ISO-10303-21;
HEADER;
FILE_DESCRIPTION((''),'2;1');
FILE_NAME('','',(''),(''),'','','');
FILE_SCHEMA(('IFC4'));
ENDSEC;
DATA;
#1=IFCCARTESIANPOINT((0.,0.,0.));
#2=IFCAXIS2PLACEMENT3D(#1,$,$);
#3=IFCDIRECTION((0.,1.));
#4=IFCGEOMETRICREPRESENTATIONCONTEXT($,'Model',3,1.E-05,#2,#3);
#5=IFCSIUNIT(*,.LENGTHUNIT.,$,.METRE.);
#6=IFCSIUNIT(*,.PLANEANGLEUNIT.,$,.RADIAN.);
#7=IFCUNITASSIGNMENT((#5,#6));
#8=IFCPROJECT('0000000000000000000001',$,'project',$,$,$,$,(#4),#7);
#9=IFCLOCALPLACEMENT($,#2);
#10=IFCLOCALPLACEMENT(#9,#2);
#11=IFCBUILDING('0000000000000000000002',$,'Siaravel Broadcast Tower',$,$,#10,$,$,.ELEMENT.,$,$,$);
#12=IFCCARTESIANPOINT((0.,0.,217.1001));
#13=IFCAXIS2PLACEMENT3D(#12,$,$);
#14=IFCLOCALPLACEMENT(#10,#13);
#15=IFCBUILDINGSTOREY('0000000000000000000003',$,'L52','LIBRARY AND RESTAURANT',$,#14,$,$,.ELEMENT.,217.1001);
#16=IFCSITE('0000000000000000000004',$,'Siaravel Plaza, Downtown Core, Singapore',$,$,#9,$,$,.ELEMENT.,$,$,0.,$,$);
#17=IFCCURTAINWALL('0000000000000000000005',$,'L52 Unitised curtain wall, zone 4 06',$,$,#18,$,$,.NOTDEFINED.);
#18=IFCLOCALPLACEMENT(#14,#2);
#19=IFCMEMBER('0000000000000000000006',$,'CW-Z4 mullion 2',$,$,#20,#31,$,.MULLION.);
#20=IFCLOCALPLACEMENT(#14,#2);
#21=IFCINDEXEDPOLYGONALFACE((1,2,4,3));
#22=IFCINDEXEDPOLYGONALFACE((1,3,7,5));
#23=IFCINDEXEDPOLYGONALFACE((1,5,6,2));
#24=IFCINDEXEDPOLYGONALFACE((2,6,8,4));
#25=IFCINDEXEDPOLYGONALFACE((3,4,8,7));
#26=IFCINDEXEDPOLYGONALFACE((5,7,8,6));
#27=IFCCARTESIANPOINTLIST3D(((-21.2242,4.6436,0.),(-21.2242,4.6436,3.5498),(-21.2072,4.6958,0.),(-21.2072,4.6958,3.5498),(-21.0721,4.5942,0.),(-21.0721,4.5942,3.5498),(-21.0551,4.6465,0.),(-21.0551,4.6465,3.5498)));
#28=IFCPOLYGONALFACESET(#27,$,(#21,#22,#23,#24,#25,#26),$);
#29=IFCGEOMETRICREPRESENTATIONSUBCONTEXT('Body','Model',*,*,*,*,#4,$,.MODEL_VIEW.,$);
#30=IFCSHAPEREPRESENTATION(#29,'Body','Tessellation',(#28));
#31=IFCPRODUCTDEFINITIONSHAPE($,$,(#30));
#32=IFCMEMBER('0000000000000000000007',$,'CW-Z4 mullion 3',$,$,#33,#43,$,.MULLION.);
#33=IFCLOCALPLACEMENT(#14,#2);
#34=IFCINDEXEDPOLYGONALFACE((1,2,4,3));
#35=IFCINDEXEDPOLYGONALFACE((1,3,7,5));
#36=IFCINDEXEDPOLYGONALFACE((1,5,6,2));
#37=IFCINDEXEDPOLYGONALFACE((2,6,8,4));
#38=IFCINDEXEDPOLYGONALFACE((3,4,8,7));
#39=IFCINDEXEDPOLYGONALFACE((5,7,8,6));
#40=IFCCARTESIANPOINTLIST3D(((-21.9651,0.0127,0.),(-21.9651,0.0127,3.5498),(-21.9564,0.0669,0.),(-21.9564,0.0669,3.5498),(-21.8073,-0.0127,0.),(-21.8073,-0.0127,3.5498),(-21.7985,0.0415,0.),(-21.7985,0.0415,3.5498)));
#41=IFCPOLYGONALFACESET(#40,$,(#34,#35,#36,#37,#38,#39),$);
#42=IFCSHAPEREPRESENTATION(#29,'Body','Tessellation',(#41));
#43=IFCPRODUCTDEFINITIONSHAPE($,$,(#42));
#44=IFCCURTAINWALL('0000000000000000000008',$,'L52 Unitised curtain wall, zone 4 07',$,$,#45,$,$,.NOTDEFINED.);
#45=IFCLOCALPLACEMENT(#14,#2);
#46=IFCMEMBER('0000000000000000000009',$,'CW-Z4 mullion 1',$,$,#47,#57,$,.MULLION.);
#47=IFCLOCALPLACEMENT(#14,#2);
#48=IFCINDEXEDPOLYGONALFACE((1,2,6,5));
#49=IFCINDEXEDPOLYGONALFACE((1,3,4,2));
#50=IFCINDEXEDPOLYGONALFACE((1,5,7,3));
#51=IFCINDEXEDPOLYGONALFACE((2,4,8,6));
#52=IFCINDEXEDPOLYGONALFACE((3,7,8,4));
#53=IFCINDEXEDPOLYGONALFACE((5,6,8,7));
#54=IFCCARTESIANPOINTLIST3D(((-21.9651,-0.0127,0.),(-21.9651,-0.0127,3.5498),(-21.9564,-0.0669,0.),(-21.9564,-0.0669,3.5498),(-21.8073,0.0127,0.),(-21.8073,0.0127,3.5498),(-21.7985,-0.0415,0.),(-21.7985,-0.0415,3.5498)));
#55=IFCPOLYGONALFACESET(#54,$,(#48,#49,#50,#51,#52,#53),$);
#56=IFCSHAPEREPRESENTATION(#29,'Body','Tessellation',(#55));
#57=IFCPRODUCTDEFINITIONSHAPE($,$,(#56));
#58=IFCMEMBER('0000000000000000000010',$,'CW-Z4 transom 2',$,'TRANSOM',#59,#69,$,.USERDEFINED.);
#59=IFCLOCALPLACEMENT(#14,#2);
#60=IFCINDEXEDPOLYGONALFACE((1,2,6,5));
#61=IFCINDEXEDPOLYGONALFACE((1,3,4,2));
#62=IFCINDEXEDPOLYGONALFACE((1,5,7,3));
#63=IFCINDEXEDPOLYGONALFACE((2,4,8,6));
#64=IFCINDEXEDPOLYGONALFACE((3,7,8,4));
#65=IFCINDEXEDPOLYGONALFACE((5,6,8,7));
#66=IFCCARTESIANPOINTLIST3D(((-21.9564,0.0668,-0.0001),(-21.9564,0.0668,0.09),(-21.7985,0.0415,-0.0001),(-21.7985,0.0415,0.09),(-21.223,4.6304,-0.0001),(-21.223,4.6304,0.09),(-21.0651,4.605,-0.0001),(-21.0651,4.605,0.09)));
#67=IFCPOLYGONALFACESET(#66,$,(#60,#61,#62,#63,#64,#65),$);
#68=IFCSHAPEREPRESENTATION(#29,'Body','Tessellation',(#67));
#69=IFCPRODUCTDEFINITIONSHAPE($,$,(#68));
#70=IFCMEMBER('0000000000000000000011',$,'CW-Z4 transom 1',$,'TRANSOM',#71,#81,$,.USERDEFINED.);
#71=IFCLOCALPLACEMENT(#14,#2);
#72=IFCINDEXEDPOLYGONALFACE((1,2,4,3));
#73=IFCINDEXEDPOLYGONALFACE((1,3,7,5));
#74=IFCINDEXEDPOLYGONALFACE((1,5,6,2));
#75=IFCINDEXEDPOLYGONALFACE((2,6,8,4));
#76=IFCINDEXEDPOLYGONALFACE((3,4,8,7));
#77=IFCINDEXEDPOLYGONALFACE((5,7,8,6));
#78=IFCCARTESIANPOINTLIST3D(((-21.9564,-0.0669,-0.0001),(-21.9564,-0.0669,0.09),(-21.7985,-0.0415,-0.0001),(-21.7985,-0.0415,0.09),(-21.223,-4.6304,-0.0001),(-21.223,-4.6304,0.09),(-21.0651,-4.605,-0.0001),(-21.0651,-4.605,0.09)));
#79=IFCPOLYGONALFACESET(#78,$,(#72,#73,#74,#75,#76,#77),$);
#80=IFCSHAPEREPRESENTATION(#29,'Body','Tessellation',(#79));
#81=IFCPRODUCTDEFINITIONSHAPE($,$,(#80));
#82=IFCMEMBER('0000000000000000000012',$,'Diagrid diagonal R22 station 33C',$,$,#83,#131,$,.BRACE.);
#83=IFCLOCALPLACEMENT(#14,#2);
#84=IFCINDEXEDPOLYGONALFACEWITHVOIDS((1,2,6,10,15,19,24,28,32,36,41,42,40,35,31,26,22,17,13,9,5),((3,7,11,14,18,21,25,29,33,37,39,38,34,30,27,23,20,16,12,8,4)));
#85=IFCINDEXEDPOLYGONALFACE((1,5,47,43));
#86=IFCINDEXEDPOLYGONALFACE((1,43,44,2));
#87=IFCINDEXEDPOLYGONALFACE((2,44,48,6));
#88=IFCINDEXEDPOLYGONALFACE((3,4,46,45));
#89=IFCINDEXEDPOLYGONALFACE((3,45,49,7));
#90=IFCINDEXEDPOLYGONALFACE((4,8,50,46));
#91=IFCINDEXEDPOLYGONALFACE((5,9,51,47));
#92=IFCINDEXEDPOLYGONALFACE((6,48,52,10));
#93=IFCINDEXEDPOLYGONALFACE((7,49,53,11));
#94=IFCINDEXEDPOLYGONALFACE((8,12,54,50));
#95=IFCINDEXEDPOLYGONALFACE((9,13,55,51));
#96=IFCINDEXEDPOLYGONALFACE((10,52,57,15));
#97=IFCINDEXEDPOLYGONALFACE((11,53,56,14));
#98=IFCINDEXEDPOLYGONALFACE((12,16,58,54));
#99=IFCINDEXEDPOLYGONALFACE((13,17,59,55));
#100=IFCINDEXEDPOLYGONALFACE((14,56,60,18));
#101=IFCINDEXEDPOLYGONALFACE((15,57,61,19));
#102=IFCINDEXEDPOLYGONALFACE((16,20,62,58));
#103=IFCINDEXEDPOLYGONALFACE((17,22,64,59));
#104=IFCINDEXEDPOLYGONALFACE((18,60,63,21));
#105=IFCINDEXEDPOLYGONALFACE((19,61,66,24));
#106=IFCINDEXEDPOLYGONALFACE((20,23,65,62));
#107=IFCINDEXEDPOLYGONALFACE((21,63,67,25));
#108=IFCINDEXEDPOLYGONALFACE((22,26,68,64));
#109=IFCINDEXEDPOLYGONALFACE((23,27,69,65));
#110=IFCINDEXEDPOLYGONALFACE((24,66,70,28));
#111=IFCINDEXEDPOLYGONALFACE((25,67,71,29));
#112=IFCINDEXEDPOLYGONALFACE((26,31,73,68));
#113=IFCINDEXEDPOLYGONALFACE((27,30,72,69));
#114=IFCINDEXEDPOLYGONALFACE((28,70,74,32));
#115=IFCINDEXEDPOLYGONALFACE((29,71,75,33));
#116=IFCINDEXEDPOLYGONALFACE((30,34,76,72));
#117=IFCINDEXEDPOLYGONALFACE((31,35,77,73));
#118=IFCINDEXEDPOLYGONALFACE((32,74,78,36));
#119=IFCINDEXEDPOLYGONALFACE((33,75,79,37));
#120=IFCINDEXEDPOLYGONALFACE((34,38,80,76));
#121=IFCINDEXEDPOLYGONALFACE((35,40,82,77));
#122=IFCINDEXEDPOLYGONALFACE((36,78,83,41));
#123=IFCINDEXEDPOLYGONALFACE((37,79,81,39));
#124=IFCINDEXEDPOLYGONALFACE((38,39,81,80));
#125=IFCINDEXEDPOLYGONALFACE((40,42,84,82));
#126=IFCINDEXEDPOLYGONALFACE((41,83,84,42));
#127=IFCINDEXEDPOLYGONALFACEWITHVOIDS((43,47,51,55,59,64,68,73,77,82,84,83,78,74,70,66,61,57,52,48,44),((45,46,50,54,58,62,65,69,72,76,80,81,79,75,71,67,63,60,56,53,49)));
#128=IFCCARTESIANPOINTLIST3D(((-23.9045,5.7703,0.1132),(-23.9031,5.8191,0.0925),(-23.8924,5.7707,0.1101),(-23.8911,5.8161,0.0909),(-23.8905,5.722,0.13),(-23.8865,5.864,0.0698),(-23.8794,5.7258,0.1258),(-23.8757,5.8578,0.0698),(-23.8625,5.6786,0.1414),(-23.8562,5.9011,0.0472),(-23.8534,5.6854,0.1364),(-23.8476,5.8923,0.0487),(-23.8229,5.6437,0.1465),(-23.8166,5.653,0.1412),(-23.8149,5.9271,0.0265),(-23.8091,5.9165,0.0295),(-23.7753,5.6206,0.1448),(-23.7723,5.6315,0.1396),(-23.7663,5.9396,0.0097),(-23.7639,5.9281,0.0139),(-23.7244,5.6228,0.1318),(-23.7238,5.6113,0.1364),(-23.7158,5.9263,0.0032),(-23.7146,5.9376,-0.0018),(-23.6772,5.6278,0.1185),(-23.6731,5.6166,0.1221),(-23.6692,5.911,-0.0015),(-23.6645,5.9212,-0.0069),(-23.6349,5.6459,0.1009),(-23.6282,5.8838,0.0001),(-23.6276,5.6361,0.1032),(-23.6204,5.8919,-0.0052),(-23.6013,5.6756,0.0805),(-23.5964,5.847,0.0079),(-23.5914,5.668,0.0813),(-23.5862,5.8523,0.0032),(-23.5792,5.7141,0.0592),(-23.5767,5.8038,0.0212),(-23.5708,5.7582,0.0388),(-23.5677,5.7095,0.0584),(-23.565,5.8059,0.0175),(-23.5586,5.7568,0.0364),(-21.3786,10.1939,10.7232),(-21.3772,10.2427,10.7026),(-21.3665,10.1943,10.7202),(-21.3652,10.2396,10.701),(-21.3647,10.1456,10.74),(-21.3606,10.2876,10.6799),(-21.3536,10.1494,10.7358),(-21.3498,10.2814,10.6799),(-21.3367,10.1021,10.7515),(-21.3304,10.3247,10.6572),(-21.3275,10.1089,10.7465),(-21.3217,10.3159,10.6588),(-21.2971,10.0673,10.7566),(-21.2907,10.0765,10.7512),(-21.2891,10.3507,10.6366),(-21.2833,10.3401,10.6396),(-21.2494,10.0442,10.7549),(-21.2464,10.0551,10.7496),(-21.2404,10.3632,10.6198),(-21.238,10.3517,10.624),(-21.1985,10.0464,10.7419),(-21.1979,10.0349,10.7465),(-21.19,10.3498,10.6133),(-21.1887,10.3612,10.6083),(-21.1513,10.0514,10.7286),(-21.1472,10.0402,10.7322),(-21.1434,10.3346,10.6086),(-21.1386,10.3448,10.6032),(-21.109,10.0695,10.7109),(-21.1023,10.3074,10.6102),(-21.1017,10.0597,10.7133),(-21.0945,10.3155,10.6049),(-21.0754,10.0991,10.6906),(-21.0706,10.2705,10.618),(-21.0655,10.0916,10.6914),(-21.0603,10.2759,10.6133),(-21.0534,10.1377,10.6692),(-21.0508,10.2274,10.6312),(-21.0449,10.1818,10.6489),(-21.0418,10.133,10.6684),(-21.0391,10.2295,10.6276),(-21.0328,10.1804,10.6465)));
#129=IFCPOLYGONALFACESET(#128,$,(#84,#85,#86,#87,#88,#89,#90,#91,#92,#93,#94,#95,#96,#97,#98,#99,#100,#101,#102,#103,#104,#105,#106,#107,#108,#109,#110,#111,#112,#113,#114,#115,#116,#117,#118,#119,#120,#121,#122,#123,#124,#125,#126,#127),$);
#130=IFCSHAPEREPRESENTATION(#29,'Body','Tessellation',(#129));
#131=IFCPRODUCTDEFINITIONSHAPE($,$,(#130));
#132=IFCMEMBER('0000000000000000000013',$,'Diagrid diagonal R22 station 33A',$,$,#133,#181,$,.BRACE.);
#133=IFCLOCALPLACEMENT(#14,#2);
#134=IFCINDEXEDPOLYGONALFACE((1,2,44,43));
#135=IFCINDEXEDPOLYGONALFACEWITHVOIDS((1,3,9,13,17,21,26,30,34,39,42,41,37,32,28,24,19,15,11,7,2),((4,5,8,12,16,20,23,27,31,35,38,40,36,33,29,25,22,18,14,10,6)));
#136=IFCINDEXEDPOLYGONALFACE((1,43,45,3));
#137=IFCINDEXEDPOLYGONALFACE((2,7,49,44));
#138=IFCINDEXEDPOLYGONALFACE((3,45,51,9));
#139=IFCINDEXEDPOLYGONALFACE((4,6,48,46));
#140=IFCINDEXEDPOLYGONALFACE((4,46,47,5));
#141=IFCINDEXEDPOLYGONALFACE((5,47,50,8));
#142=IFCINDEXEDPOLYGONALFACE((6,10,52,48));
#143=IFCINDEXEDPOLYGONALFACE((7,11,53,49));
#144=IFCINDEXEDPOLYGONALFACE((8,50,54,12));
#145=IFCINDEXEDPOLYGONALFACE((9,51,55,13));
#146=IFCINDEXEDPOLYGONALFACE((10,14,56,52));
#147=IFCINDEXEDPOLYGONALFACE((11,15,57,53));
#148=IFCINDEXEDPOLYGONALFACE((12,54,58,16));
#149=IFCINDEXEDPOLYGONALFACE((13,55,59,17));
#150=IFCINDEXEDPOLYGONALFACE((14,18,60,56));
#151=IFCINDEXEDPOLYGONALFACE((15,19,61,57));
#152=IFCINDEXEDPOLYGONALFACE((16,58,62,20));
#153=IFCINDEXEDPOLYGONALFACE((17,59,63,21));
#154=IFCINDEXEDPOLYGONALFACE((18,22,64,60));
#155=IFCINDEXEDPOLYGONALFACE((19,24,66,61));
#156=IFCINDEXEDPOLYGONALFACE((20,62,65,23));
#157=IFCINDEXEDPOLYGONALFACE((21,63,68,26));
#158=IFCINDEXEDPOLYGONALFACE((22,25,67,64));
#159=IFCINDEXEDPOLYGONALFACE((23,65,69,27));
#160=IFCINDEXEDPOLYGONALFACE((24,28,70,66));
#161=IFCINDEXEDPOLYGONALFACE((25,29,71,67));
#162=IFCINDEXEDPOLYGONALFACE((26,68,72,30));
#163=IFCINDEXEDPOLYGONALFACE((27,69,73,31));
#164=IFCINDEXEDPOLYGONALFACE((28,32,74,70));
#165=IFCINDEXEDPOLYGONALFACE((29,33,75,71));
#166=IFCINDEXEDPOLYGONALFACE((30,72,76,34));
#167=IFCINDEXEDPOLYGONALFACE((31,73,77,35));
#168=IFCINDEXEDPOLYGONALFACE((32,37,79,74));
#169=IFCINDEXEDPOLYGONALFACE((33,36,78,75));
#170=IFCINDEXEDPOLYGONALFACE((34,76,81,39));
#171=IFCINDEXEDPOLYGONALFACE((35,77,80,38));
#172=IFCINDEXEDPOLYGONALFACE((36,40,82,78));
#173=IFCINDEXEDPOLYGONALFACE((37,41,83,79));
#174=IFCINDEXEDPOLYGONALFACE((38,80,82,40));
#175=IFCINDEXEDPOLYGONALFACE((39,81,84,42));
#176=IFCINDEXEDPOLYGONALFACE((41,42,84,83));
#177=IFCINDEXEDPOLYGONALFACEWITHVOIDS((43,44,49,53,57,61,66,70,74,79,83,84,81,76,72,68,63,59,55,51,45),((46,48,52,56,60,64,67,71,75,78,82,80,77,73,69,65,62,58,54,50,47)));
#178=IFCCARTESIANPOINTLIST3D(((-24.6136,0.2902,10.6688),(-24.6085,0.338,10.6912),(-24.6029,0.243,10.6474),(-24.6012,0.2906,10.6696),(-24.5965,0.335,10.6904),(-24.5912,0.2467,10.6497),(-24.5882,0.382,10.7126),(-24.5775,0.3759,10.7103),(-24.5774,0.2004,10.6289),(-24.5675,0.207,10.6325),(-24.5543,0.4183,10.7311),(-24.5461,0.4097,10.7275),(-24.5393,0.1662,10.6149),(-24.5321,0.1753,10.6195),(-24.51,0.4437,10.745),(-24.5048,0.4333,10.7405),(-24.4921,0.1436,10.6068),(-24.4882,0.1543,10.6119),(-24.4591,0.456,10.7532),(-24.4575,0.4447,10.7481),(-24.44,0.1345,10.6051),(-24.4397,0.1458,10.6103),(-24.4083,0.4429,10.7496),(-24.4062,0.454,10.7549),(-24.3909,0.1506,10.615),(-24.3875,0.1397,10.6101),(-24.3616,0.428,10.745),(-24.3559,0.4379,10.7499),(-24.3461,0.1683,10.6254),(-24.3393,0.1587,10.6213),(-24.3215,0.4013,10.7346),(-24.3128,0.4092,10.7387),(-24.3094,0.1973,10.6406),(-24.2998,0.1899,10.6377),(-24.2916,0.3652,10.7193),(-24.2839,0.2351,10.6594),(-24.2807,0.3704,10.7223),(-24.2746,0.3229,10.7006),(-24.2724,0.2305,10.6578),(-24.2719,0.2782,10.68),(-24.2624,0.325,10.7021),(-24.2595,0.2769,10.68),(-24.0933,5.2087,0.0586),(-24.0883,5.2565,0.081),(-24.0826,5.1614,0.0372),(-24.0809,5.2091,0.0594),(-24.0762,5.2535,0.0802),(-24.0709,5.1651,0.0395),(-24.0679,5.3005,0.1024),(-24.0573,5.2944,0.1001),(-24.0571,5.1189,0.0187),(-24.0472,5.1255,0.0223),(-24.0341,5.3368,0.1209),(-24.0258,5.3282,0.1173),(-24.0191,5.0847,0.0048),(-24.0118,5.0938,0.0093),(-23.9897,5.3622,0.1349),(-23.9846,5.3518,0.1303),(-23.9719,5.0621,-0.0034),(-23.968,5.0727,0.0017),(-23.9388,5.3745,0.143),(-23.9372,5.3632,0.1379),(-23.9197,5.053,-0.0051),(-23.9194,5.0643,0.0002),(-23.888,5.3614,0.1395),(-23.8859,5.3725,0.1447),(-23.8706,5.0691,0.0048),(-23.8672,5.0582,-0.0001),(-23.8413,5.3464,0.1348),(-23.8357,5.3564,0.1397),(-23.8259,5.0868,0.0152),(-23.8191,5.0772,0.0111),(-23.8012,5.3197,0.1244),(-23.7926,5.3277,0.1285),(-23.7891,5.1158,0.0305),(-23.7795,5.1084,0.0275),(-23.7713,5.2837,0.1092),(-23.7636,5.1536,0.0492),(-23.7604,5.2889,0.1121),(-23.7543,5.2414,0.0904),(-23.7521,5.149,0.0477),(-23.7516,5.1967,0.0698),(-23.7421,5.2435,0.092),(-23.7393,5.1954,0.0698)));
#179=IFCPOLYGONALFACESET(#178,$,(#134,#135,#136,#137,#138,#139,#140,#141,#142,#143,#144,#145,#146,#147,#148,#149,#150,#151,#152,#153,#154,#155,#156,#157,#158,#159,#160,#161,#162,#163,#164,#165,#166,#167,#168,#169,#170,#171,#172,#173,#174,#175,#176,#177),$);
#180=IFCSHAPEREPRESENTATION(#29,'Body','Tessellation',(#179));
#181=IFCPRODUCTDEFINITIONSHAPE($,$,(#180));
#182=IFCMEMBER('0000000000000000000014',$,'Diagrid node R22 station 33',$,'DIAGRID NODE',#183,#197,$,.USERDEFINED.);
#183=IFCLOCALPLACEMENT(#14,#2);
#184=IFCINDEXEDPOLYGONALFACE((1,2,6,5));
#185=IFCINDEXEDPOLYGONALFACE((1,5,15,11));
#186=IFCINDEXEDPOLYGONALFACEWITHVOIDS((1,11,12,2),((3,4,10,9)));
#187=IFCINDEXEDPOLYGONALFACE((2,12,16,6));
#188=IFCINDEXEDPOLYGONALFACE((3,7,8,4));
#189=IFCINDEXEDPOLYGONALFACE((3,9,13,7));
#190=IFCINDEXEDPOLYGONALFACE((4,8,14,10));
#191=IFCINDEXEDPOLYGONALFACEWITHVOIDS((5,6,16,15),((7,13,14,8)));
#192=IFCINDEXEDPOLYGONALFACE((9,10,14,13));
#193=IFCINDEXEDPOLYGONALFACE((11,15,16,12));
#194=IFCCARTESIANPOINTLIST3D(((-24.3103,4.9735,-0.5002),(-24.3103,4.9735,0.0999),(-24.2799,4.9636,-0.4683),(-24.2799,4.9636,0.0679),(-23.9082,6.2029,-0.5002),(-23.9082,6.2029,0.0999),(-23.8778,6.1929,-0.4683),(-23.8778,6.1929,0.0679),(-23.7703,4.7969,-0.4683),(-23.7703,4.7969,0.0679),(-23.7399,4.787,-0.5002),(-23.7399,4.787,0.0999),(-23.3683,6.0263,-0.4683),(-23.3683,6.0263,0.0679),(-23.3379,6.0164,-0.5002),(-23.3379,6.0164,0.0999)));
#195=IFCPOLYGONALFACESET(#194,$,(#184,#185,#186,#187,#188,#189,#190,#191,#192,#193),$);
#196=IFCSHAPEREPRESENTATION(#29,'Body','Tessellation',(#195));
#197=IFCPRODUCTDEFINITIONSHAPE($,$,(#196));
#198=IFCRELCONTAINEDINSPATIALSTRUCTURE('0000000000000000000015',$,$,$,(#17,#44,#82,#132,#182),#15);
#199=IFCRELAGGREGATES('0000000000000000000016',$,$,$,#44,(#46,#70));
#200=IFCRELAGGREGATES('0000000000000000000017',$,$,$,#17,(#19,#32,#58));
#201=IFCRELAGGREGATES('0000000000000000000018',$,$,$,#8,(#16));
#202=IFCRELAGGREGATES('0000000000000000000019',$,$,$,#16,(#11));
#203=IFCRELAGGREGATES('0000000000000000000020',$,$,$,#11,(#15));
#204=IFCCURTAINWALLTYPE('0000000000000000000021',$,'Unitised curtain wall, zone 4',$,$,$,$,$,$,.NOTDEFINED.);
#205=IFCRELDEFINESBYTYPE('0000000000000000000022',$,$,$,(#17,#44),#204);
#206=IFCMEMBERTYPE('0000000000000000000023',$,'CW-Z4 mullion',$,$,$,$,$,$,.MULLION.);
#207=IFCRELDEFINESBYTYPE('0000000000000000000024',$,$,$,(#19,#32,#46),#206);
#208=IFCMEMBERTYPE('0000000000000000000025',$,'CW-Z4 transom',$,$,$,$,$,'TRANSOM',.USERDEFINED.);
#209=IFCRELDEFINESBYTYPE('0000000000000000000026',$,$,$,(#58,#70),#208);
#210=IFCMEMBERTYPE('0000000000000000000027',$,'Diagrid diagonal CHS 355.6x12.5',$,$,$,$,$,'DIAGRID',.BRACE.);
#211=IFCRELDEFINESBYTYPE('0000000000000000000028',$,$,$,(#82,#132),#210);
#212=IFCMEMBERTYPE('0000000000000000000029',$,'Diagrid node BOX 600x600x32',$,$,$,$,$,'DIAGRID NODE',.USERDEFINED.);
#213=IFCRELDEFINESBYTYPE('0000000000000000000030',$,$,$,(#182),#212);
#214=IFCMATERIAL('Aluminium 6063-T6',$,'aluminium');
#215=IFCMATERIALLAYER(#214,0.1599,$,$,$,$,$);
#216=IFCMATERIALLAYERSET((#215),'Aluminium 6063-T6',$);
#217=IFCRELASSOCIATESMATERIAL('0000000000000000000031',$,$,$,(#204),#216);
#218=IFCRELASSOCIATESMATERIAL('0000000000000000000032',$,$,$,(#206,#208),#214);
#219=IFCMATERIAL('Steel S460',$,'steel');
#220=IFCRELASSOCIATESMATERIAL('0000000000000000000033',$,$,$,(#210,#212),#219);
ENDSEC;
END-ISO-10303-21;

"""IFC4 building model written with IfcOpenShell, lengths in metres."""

from ifc_helpers import new_model, si_unit, direction, frame, origin, origin_2d, place, context, subcontext, project, spatial, rectangle, hollow_rectangle, hollow_circle, extrude, material, layer, layer_set, material_profile, profile_set, type_object, element, aggregate, save


model = new_model("IFC4")

# Units and contexts
model_context = context("Model", 3, precision=1e-05, world=origin(), true_north=direction((0.0, 1.0)))
body_context = subcontext(model_context, "Body", "Model", "MODEL_VIEW")
ifc_project = project(units=[si_unit("LENGTHUNIT", "METRE"), si_unit("PLANEANGLEUNIT", "RADIAN")], contexts=[model_context])

# Site, building, storey
site_placement = place(None, origin())
site = spatial("IfcSite", under=ifc_project, at=site_placement, Name="Siaravel Plaza, Downtown Core, Singapore", CompositionType="ELEMENT", RefElevation=0.0)
building_placement = place(site_placement, origin())
building = spatial("IfcBuilding", under=site, at=building_placement, Name="Siaravel Broadcast Tower", CompositionType="ELEMENT")
storey_placement = place(building_placement, frame((0.0, 0.0, 217.1001)))
storey = spatial("IfcBuildingStorey", under=building, at=storey_placement, Name="L52", Description="LIBRARY AND RESTAURANT", CompositionType="ELEMENT", Elevation=217.1001)

# Curtain wall, members
ifc_material_1 = material(Name="Aluminium 6063-T6", Category="aluminium")
ifc_layer_1 = layer(ifc_material_1, 0.1599)
ifc_layer_set_1 = layer_set([ifc_layer_1], Name="Aluminium 6063-T6")
curtain_wall_type = type_object("IfcCurtainWallType", Name="Unitised curtain wall, zone 4", PredefinedType="NOTDEFINED", material=ifc_layer_set_1)
curtain_wall_1_placement = place(storey_placement, origin())
curtain_wall_1 = element("IfcCurtainWall", 1, at=curtain_wall_1_placement, inside=storey, type_object=curtain_wall_type, Name="L52 Unitised curtain wall, zone 4 06", PredefinedType="NOTDEFINED")
ifc_material_profile_1 = material_profile(ifc_material_1, rectangle(XDim=0.1599, YDim=0.0549, at=origin_2d()))
ifc_profile_set_1 = profile_set([ifc_material_profile_1], Name="Aluminium 6063-T6")
member_type_1 = type_object("IfcMemberType", Name="CW-Z4 mullion", PredefinedType="MULLION", material=ifc_profile_set_1)
member_1_placement = place(storey_placement, frame((-21.1396, 4.645, 0.0), z_axis=(0.0, 0.0, 1.0), x_axis=(0.951178, -0.308644, 0.0)))
member_1 = element("IfcMember", 2, at=member_1_placement, type_object=member_type_1, Name="CW-Z4 mullion 2", PredefinedType="MULLION", context=body_context, shape_type="SweptSolid", body=[
    extrude(rectangle(XDim=0.1599, YDim=0.0549, at=origin_2d()), origin(), (0.0, 0.0, 1.0), 3.5498),
])
member_2_placement = place(storey_placement, frame((-21.8818, 0.0271, 0.0), z_axis=(0.0, 0.0, 1.0), x_axis=(0.987329, -0.158685, 0.0)))
member_2 = element("IfcMember", 3, at=member_2_placement, type_object=member_type_1, Name="CW-Z4 mullion 3", PredefinedType="MULLION", context=body_context, shape_type="SweptSolid", body=[
    extrude(rectangle(XDim=0.1599, YDim=0.0549, at=origin_2d()), origin(), (0.0, 0.0, 1.0), 3.5498),
])

# Curtain wall, member
curtain_wall_2_placement = place(storey_placement, origin())
curtain_wall_2 = element("IfcCurtainWall", 4, at=curtain_wall_2_placement, inside=storey, type_object=curtain_wall_type, Name="L52 Unitised curtain wall, zone 4 07", PredefinedType="NOTDEFINED")
member_3_placement = place(storey_placement, frame((-21.8818, -0.0271, 0.0), z_axis=(0.0, 0.0, 1.0), x_axis=(0.987329, 0.158685, 0.0)))
member_3 = element("IfcMember", 5, at=member_3_placement, type_object=member_type_1, Name="CW-Z4 mullion 1", PredefinedType="MULLION", context=body_context, shape_type="SweptSolid", body=[
    extrude(rectangle(XDim=0.1599, YDim=0.0549, at=origin_2d()), origin(), (0.0, 0.0, 1.0), 3.5498),
])

# Members
ifc_material_profile_2 = material_profile(ifc_material_1, rectangle(XDim=0.1599, YDim=0.0901, at=origin_2d()))
ifc_profile_set_2 = profile_set([ifc_material_profile_2], Name="Aluminium 6063-T6")
member_type_2 = type_object("IfcMemberType", Name="CW-Z4 transom", ElementType="TRANSOM", PredefinedType="USERDEFINED", material=ifc_profile_set_2)
member_4_placement = place(storey_placement, frame((-21.144, 4.6177, 0.0449), z_axis=(-0.158674, -0.987331, 0.0), x_axis=(0.987331, -0.158674, 0.0)))
member_4 = element("IfcMember", 6, at=member_4_placement, type_object=member_type_2, Name="CW-Z4 transom 2", ObjectType="TRANSOM", PredefinedType="USERDEFINED", context=body_context, shape_type="SweptSolid", body=[
    extrude(rectangle(XDim=0.1599, YDim=0.0901, at=origin_2d()), origin(), (0.0, 0.0, 1.0), 4.6221),
])
member_5_placement = place(storey_placement, frame((-21.8774, -0.0542, 0.0449), z_axis=(0.158674, -0.987331, 0.0), x_axis=(0.987331, 0.158674, 0.0)))
member_5 = element("IfcMember", 7, at=member_5_placement, type_object=member_type_2, Name="CW-Z4 transom 1", ObjectType="TRANSOM", PredefinedType="USERDEFINED", context=body_context, shape_type="SweptSolid", body=[
    extrude(rectangle(XDim=0.1599, YDim=0.0901, at=origin_2d()), origin(), (0.0, 0.0, 1.0), 4.6221),
])
aggregate(curtain_wall_2, [member_3, member_5])

# Members
ifc_material_2 = material(Name="Steel S460", Category="steel")
ifc_material_profile_3 = material_profile(ifc_material_2, hollow_circle(Radius=0.1777, WallThickness=0.0125, at=origin_2d()))
ifc_profile_set_3 = profile_set([ifc_material_profile_3], Name="Steel S460")
member_type_3 = type_object("IfcMemberType", Name="Diagrid diagonal CHS 355.6x12.5", ElementType="DIAGRID", PredefinedType="BRACE", material=ifc_profile_set_3)
member_6_placement = place(storey_placement, frame((-23.7322, 5.7759, 0.0698), z_axis=(0.214611, 0.37585, 0.901487), x_axis=(-0.868402, 0.49586, 0.0)))
element("IfcMember", 8, at=member_6_placement, inside=storey, type_object=member_type_3, Name="Diagrid diagonal R22 station 33C", PredefinedType="BRACE", context=body_context, shape_type="SweptSolid", body=[
    extrude(hollow_circle(Radius=0.1777, WallThickness=0.0125, at=origin_2d()), origin(), (0.0, 0.0, 1.0), 11.7695),
])
member_7_placement = place(storey_placement, frame((-23.916, 5.2141, 0.0698), z_axis=(-0.044443, -0.420157, 0.906363), x_axis=(0.994452, -0.105191, 0.0)))
element("IfcMember", 9, at=member_7_placement, inside=storey, type_object=member_type_3, Name="Diagrid diagonal R22 station 33A", PredefinedType="BRACE", context=body_context, shape_type="SweptSolid", body=[
    extrude(hollow_circle(Radius=0.1777, WallThickness=0.0125, at=origin_2d()), origin(), (0.0, 0.0, 1.0), 11.7063),
])
ifc_material_profile_4 = material_profile(ifc_material_2, hollow_rectangle(XDim=0.6001, YDim=0.6001, WallThickness=0.032, at=origin_2d()))
ifc_profile_set_4 = profile_set([ifc_material_profile_4], Name="Steel S460")
member_type_4 = type_object("IfcMemberType", Name="Diagrid node BOX 600x600x32", ElementType="DIAGRID NODE", PredefinedType="USERDEFINED", material=ifc_profile_set_4)
member_8_placement = place(storey_placement, frame((-23.623, 6.1096, -0.2002), z_axis=(-0.310844, -0.950461, 0.0), x_axis=(0.950461, -0.310844, 0.0)))
element("IfcMember", 10, at=member_8_placement, inside=storey, type_object=member_type_4, Name="Diagrid node R22 station 33", ObjectType="DIAGRID NODE", PredefinedType="USERDEFINED", context=body_context, shape_type="SweptSolid", body=[
    extrude(hollow_rectangle(XDim=0.6001, YDim=0.6001, WallThickness=0.032, at=origin_2d()), origin(), (0.0, 0.0, 1.0), 1.2935),
])

aggregate(curtain_wall_1, [member_1, member_2, member_4])

save(model, "model.ifc")
